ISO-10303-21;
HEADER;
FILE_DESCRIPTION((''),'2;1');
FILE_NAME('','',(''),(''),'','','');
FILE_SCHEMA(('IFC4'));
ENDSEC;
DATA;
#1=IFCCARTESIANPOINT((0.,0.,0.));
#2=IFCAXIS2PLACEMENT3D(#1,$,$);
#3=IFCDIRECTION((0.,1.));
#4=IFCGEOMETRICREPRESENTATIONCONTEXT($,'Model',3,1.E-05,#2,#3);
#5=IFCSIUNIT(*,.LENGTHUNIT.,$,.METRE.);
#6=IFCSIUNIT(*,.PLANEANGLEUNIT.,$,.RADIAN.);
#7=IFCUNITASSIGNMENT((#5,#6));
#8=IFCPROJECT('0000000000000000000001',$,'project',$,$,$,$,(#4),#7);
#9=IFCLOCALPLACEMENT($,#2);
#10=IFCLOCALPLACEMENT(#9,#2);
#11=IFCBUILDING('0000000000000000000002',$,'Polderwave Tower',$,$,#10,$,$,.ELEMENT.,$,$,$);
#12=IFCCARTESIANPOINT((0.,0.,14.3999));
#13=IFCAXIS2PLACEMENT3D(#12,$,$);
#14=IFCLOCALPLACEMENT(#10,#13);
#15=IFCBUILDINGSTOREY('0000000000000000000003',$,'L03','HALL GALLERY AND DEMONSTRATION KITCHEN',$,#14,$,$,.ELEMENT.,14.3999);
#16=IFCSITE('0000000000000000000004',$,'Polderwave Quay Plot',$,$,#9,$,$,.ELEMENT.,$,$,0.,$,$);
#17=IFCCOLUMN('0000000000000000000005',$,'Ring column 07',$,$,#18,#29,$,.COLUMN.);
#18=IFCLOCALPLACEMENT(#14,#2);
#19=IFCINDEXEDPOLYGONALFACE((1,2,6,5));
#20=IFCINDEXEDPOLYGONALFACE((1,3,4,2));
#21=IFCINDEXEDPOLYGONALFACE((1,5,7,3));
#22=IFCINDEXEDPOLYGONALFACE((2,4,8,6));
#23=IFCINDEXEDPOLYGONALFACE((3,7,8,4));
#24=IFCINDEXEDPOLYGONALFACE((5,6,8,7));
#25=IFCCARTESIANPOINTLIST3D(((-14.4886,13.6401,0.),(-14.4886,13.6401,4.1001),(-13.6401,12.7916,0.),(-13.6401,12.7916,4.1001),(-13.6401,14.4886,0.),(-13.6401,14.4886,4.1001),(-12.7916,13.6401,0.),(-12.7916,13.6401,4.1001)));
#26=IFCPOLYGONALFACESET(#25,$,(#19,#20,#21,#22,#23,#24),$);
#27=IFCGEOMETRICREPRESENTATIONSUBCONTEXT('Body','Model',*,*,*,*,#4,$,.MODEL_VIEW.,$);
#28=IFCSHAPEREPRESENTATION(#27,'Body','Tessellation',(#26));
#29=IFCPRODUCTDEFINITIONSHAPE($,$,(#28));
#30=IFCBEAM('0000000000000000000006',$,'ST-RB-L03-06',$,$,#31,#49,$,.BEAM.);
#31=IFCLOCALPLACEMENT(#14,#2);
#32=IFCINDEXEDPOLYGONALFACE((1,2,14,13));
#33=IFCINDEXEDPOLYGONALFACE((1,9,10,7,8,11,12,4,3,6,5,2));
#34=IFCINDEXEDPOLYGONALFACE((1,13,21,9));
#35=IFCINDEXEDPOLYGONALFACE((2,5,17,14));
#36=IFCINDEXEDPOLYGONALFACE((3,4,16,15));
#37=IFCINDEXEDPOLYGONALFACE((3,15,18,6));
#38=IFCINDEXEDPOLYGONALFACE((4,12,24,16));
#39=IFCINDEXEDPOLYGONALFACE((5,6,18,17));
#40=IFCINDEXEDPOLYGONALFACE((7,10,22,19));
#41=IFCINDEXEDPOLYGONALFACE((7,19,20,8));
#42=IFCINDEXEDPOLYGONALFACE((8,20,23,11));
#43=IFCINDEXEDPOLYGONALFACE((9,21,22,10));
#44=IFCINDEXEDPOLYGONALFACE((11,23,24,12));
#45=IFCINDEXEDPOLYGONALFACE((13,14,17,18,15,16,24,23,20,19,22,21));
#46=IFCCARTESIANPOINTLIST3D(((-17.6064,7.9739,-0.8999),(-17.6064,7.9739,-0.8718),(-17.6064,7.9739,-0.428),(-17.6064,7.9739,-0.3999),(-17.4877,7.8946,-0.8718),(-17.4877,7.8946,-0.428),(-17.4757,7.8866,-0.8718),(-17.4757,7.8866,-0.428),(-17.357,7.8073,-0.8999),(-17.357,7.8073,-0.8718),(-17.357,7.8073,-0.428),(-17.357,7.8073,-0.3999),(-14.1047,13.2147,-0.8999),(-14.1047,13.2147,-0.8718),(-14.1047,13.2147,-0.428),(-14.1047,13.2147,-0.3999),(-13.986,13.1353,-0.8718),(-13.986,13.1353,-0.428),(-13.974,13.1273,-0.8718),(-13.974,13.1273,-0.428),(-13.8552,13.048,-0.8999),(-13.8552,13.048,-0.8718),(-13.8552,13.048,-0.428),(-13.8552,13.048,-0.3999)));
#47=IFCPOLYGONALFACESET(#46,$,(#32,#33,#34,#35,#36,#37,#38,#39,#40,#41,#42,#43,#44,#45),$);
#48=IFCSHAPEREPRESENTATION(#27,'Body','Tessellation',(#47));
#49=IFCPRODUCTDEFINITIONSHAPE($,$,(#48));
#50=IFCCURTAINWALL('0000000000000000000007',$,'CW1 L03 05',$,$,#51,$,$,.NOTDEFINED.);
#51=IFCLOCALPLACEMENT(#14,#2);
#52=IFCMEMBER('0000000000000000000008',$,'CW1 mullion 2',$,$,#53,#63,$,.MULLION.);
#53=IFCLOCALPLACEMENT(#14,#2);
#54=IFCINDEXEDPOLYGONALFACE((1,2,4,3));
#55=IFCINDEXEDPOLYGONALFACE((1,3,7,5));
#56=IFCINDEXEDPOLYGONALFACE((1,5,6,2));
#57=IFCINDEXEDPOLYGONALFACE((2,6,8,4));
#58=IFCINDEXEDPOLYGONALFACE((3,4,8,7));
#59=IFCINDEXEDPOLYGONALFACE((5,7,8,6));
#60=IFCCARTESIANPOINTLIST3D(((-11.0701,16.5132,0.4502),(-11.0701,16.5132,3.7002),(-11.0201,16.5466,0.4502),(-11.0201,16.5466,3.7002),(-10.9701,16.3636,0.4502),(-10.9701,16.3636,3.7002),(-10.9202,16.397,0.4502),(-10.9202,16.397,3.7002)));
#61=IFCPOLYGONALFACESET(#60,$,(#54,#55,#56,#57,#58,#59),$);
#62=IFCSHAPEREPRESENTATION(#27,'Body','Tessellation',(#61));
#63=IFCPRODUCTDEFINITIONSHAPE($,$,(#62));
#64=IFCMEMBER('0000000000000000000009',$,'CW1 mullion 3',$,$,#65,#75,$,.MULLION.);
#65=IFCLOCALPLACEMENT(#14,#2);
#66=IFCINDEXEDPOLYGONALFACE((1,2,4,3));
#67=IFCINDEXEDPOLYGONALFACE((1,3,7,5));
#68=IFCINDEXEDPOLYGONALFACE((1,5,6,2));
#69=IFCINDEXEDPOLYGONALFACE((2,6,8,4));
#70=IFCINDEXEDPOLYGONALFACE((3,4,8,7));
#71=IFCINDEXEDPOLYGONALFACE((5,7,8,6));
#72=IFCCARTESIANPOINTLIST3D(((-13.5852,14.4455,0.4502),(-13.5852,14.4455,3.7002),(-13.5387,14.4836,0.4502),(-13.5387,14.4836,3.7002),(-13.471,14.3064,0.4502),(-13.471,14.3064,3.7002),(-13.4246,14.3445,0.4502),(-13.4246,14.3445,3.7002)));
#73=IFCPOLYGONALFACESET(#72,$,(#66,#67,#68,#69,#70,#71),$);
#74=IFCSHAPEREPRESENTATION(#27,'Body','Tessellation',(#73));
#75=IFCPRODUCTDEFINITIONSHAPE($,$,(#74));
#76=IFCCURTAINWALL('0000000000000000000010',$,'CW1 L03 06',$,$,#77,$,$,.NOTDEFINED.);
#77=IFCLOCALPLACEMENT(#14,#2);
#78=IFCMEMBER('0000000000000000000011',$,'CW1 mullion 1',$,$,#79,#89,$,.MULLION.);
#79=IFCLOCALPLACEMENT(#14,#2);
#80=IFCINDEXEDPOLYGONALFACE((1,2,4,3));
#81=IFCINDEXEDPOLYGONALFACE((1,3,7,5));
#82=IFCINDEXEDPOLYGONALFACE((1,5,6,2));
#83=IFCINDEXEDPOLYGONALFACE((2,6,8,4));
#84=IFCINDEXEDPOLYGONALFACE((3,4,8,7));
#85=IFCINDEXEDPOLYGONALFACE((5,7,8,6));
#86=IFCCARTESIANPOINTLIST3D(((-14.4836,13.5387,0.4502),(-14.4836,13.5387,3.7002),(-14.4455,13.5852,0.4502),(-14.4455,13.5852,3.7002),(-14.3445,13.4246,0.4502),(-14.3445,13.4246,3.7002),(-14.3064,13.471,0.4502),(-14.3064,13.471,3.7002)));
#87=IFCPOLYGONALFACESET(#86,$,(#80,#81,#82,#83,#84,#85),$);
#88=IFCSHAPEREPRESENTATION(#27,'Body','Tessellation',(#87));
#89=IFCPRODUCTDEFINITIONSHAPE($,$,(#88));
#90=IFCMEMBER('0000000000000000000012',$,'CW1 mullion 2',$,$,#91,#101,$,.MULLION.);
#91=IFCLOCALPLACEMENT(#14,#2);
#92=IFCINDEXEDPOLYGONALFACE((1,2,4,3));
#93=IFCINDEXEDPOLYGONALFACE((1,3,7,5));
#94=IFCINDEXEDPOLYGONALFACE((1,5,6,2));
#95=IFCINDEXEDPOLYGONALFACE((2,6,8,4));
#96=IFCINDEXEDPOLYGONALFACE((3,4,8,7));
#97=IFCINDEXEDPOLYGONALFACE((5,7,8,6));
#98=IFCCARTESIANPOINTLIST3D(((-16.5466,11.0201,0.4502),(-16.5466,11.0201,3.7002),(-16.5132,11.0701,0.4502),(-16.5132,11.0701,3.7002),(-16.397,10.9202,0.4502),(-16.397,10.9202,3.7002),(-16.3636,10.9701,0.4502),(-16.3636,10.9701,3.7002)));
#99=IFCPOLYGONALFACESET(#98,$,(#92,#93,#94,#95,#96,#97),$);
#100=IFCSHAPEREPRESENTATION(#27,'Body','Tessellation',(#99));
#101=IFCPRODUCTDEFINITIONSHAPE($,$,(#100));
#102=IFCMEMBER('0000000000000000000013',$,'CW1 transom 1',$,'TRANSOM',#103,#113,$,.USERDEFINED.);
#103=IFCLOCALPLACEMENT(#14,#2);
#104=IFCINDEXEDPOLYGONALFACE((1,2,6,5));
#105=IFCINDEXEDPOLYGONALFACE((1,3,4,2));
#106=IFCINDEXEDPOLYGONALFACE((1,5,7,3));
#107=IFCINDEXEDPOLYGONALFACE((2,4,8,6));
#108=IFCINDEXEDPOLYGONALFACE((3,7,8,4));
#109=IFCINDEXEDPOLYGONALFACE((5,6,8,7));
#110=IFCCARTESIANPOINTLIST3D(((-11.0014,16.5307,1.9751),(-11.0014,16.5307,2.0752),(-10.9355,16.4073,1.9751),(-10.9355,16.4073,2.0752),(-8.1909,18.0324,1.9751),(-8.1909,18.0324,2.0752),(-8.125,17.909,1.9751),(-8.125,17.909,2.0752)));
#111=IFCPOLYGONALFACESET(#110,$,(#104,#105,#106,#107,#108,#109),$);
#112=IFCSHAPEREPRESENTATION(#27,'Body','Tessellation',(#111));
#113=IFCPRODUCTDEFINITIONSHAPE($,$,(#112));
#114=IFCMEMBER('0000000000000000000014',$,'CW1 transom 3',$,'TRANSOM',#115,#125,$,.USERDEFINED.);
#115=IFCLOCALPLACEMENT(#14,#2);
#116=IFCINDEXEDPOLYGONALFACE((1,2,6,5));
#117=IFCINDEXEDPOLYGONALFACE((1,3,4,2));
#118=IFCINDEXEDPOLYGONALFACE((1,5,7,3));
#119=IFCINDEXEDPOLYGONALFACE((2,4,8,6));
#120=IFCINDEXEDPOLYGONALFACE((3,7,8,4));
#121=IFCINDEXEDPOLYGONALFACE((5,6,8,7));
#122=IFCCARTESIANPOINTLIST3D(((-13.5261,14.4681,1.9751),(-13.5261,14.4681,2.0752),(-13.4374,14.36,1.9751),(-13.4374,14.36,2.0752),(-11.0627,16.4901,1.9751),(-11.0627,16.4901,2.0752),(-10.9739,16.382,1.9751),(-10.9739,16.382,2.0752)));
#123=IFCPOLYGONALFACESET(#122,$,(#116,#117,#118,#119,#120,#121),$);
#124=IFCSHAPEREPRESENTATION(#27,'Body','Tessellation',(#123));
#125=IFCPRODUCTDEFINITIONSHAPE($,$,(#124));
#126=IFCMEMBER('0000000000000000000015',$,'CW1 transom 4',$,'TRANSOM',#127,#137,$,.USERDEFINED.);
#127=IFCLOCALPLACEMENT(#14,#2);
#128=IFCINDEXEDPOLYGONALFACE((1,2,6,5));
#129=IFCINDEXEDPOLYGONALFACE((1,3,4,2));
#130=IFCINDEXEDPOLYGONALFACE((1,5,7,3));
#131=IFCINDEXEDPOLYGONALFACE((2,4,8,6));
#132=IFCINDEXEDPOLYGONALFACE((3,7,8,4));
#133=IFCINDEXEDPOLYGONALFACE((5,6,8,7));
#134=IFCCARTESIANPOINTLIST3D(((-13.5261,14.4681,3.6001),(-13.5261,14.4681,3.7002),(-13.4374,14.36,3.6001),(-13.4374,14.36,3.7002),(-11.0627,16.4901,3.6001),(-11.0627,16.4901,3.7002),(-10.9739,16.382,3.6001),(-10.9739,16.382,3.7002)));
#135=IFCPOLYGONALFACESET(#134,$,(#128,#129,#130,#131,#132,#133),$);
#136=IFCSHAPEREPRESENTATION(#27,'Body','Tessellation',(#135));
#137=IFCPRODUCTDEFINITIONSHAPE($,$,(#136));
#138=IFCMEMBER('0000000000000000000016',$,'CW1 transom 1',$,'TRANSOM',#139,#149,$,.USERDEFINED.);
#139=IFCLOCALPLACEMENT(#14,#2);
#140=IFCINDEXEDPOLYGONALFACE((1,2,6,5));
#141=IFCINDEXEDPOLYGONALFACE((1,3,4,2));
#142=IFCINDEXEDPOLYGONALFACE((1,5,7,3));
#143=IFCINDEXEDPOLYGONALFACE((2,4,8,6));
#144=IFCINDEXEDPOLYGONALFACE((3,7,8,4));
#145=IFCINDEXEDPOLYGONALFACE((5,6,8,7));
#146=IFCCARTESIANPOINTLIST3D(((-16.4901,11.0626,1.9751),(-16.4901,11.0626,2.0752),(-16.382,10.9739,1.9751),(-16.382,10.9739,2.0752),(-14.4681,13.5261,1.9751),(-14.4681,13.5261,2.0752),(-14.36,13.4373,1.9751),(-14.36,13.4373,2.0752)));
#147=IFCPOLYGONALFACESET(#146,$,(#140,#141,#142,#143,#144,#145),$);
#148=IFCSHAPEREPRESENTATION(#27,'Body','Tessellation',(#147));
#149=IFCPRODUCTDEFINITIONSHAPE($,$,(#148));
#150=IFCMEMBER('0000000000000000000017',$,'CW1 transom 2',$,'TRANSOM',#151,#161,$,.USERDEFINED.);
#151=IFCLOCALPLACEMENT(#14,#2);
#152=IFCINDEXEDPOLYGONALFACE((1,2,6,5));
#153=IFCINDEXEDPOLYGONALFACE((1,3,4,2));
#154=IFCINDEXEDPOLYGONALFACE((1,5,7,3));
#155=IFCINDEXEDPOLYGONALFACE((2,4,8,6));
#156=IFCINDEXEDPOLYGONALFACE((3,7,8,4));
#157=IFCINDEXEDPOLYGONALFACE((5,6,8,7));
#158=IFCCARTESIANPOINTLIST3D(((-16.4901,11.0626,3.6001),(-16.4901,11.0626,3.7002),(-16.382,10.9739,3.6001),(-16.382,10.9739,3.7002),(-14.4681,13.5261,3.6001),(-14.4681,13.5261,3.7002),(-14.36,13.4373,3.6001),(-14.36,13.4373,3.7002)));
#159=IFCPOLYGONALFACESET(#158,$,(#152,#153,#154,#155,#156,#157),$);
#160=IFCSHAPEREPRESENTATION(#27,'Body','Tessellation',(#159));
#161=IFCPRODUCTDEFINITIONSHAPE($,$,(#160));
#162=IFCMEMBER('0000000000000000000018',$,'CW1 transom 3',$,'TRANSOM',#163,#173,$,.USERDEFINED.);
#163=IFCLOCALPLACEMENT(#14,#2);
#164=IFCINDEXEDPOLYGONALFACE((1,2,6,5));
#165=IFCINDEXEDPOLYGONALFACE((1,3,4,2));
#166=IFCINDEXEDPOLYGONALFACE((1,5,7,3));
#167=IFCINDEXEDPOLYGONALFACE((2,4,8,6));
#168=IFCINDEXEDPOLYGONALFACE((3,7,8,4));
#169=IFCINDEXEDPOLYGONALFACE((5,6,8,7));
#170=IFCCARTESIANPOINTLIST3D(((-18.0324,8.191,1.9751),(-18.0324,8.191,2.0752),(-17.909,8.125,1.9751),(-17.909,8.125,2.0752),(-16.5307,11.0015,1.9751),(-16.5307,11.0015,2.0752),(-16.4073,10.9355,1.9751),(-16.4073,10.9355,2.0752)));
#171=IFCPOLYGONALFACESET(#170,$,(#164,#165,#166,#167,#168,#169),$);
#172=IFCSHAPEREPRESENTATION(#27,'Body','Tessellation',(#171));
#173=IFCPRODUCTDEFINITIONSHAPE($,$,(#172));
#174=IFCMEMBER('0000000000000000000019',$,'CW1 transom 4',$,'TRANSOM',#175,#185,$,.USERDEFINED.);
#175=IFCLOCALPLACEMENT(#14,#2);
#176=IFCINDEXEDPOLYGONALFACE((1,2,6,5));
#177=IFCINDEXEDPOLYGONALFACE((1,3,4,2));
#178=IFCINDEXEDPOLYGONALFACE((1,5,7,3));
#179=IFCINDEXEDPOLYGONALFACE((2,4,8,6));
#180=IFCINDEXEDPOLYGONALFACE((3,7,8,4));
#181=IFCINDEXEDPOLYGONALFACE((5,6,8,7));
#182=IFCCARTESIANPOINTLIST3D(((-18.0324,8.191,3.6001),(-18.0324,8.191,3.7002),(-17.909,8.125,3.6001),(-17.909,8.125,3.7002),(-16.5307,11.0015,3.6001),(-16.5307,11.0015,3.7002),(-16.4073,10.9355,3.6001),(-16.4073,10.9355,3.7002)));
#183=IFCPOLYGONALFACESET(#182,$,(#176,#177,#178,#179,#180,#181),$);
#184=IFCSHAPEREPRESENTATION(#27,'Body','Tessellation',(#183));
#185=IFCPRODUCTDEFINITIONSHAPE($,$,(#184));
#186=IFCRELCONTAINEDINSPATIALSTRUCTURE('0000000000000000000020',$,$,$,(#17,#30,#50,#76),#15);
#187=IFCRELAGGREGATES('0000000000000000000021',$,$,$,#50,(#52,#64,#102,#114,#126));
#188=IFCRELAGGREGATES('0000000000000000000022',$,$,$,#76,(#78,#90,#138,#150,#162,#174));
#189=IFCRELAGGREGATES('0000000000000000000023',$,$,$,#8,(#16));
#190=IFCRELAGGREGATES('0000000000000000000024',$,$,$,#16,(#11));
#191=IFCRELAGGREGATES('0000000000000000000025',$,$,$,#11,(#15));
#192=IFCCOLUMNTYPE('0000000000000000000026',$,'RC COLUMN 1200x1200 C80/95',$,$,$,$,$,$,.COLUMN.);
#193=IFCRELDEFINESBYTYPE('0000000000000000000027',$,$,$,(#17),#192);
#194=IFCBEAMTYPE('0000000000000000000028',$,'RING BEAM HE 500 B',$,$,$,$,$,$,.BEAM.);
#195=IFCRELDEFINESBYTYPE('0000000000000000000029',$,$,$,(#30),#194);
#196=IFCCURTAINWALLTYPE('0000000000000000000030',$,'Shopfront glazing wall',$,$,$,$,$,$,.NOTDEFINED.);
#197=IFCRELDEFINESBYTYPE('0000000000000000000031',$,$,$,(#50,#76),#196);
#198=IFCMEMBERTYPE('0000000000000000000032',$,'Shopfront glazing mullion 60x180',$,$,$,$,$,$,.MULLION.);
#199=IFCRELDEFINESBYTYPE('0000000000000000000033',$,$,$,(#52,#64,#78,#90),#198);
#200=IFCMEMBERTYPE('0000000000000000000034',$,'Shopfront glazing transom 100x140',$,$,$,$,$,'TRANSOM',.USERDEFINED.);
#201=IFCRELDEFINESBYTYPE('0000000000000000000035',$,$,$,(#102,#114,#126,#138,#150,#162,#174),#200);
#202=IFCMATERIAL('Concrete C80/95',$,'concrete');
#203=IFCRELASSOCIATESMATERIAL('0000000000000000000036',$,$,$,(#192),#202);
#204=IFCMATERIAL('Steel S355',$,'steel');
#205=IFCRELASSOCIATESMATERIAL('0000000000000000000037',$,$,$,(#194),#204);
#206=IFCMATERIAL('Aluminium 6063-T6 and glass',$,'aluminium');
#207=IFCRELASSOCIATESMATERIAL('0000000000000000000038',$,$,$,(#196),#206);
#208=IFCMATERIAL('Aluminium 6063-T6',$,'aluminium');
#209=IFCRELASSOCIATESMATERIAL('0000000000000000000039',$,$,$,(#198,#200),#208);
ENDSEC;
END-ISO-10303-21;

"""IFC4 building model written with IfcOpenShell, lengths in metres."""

from ifc_helpers import new_model, si_unit, direction, frame, origin, origin_2d, place, context, subcontext, project, spatial, rectangle, i_section, extrude, material, material_profile, profile_set, type_object, element, aggregate, save


model = new_model("IFC4")

# Units and contexts
model_context = context("Model", 3, precision=1e-05, world=origin(), true_north=direction((0.0, 1.0)))
body_context = subcontext(model_context, "Body", "Model", "MODEL_VIEW")
ifc_project = project(units=[si_unit("LENGTHUNIT", "METRE"), si_unit("PLANEANGLEUNIT", "RADIAN")], contexts=[model_context])

# Site, building, storey
site_placement = place(None, origin())
site = spatial("IfcSite", under=ifc_project, at=site_placement, Name="Polderwave Quay Plot", CompositionType="ELEMENT", RefElevation=0.0)
building_placement = place(site_placement, origin())
building = spatial("IfcBuilding", under=site, at=building_placement, Name="Polderwave Tower", CompositionType="ELEMENT")
storey_placement = place(building_placement, frame((0.0, 0.0, 14.3999)))
storey = spatial("IfcBuildingStorey", under=building, at=storey_placement, Name="L03", Description="HALL GALLERY AND DEMONSTRATION KITCHEN", CompositionType="ELEMENT", Elevation=14.3999)

# Column
ifc_material_1 = material(Name="Concrete C80/95", Category="concrete")
ifc_material_profile_1 = material_profile(ifc_material_1, rectangle(XDim=1.2, YDim=1.2, at=origin_2d()), Name="RC 1200x1200")
ifc_profile_set_1 = profile_set([ifc_material_profile_1], Name="Concrete C80/95")
column_type = type_object("IfcColumnType", Name="RC COLUMN 1200x1200 C80/95", PredefinedType="COLUMN", material=ifc_profile_set_1)
column_placement = place(storey_placement, frame((-13.6401, 13.6401, 0.0), z_axis=(0.0, 0.0, 1.0), x_axis=(-0.707107, 0.707107, 0.0)))
element("IfcColumn", 1, at=column_placement, inside=storey, type_object=column_type, Name="Ring column 07", PredefinedType="COLUMN", context=body_context, shape_type="SweptSolid", body=[
    extrude(rectangle(XDim=1.2, YDim=1.2, at=origin_2d()), origin(), (0.0, 0.0, 1.0), 4.1001),
])

# Beam
ifc_material_2 = material(Name="Steel S355", Category="steel")
ifc_material_profile_2 = material_profile(ifc_material_2, i_section(OverallWidth=0.3, OverallDepth=0.5, WebThickness=0.0144, FlangeThickness=0.0281, at=origin_2d()), Name="HE 500 B")
ifc_profile_set_2 = profile_set([ifc_material_profile_2], Name="Steel S355")
beam_type = type_object("IfcBeamType", Name="RING BEAM HE 500 B", PredefinedType="BEAM", material=ifc_profile_set_2)
beam_placement = place(storey_placement, frame((-13.98, 13.1313, -0.6499), z_axis=(-0.555567, -0.831472, 0.0), x_axis=(0.831472, -0.555567, 0.0)))
element("IfcBeam", 2, at=beam_placement, inside=storey, type_object=beam_type, Name="ST-RB-L03-06", PredefinedType="BEAM", context=body_context, shape_type="SweptSolid", body=[
    extrude(i_section(OverallWidth=0.3, OverallDepth=0.5, WebThickness=0.0144, FlangeThickness=0.0281, at=origin_2d()), origin(), (0.0, 0.0, 1.0), 6.303),
])

# Curtain walls, members
ifc_material_3 = material(Name="Aluminium 6063-T6 and glass", Category="aluminium")
curtain_wall_type = type_object("IfcCurtainWallType", Name="Shopfront glazing wall", PredefinedType="NOTDEFINED", material=ifc_material_3)
curtain_wall_1_placement = place(storey_placement, origin())
curtain_wall_1 = element("IfcCurtainWall", 3, at=curtain_wall_1_placement, inside=storey, type_object=curtain_wall_type, Name="CW1 L03 05", PredefinedType="NOTDEFINED")
ifc_material_4 = material(Name="Aluminium 6063-T6", Category="aluminium")
ifc_material_profile_3 = material_profile(ifc_material_4, rectangle(XDim=0.1799, YDim=0.0601, at=origin_2d()), Name="AL 60x180")
ifc_profile_set_3 = profile_set([ifc_material_profile_3], Name="Aluminium 6063-T6")
member_type_1 = type_object("IfcMemberType", Name="Shopfront glazing mullion 60x180", PredefinedType="MULLION", material=ifc_profile_set_3)
member_1_placement = place(storey_placement, frame((-10.9951, 16.4551, 0.4502), z_axis=(0.0, 0.0, 1.0), x_axis=(0.555509, -0.83151, 0.0)))
member_1 = element("IfcMember", 4, at=member_1_placement, type_object=member_type_1, Name="CW1 mullion 2", PredefinedType="MULLION", context=body_context, shape_type="SweptSolid", body=[
    extrude(rectangle(XDim=0.1799, YDim=0.0601, at=origin_2d()), origin(), (0.0, 0.0, 1.0), 3.25),
])
member_2_placement = place(storey_placement, frame((-13.5049, 14.395, 0.4502), z_axis=(0.0, 0.0, 1.0), x_axis=(0.634434, -0.772977, 0.0)))
member_2 = element("IfcMember", 5, at=member_2_placement, type_object=member_type_1, Name="CW1 mullion 3", PredefinedType="MULLION", context=body_context, shape_type="SweptSolid", body=[
    extrude(rectangle(XDim=0.1799, YDim=0.0601, at=origin_2d()), origin(), (0.0, 0.0, 1.0), 3.25),
])
curtain_wall_2_placement = place(storey_placement, origin())
curtain_wall_2 = element("IfcCurtainWall", 6, at=curtain_wall_2_placement, inside=storey, type_object=curtain_wall_type, Name="CW1 L03 06", PredefinedType="NOTDEFINED")
member_3_placement = place(storey_placement, frame((-14.395, 13.5049, 0.4502), z_axis=(0.0, 0.0, 1.0), x_axis=(0.772977, -0.634434, 0.0)))
member_3 = element("IfcMember", 7, at=member_3_placement, type_object=member_type_1, Name="CW1 mullion 1", PredefinedType="MULLION", context=body_context, shape_type="SweptSolid", body=[
    extrude(rectangle(XDim=0.1799, YDim=0.0601, at=origin_2d()), origin(), (0.0, 0.0, 1.0), 3.25),
])
member_4_placement = place(storey_placement, frame((-16.4551, 10.9951, 0.4502), z_axis=(0.0, 0.0, 1.0), x_axis=(0.83151, -0.555509, 0.0)))
member_4 = element("IfcMember", 8, at=member_4_placement, type_object=member_type_1, Name="CW1 mullion 2", PredefinedType="MULLION", context=body_context, shape_type="SweptSolid", body=[
    extrude(rectangle(XDim=0.1799, YDim=0.0601, at=origin_2d()), origin(), (0.0, 0.0, 1.0), 3.25),
])

# Members
ifc_material_profile_4 = material_profile(ifc_material_4, rectangle(XDim=0.1399, YDim=0.1001, at=origin_2d()), Name="AL 100x140")
ifc_profile_set_4 = profile_set([ifc_material_profile_4], Name="Aluminium 6063-T6")
member_type_2 = type_object("IfcMemberType", Name="Shopfront glazing transom 100x140", ElementType="TRANSOM", PredefinedType="USERDEFINED", material=ifc_profile_set_4)
member_5_placement = place(storey_placement, frame((-8.158, 17.9707, 2.0251), z_axis=(-0.881994, -0.47126, 0.0), x_axis=(0.47126, -0.881994, 0.0)))
member_5 = element("IfcMember", 9, at=member_5_placement, type_object=member_type_2, Name="CW1 transom 1", ObjectType="TRANSOM", PredefinedType="USERDEFINED", context=body_context, shape_type="SweptSolid", body=[
    extrude(rectangle(XDim=0.1399, YDim=0.1001, at=origin_2d()), origin(), (0.0, 0.0, 1.0), 3.1865),
])
member_6_placement = place(storey_placement, frame((-11.0183, 16.436, 2.0251), z_axis=(-0.77296, -0.634455, 0.0), x_axis=(0.634455, -0.77296, 0.0)))
member_6 = element("IfcMember", 10, at=member_6_placement, type_object=member_type_2, Name="CW1 transom 3", ObjectType="TRANSOM", PredefinedType="USERDEFINED", context=body_context, shape_type="SweptSolid", body=[
    extrude(rectangle(XDim=0.1399, YDim=0.1001, at=origin_2d()), origin(), (0.0, 0.0, 1.0), 3.187),
])
member_7_placement = place(storey_placement, frame((-11.0183, 16.436, 3.6501), z_axis=(-0.77296, -0.634455, 0.0), x_axis=(0.634455, -0.77296, 0.0)))
member_7 = element("IfcMember", 11, at=member_7_placement, type_object=member_type_2, Name="CW1 transom 4", ObjectType="TRANSOM", PredefinedType="USERDEFINED", context=body_context, shape_type="SweptSolid", body=[
    extrude(rectangle(XDim=0.1399, YDim=0.1001, at=origin_2d()), origin(), (0.0, 0.0, 1.0), 3.187),
])
member_8_placement = place(storey_placement, frame((-14.4141, 13.4817, 2.0251), z_axis=(-0.634455, -0.77296, 0.0), x_axis=(0.77296, -0.634455, 0.0)))
member_8 = element("IfcMember", 12, at=member_8_placement, type_object=member_type_2, Name="CW1 transom 1", ObjectType="TRANSOM", PredefinedType="USERDEFINED", context=body_context, shape_type="SweptSolid", body=[
    extrude(rectangle(XDim=0.1399, YDim=0.1001, at=origin_2d()), origin(), (0.0, 0.0, 1.0), 3.187),
])
member_9_placement = place(storey_placement, frame((-14.4141, 13.4817, 3.6501), z_axis=(-0.634455, -0.77296, 0.0), x_axis=(0.77296, -0.634455, 0.0)))
member_9 = element("IfcMember", 13, at=member_9_placement, type_object=member_type_2, Name="CW1 transom 2", ObjectType="TRANSOM", PredefinedType="USERDEFINED", context=body_context, shape_type="SweptSolid", body=[
    extrude(rectangle(XDim=0.1399, YDim=0.1001, at=origin_2d()), origin(), (0.0, 0.0, 1.0), 3.187),
])
member_10_placement = place(storey_placement, frame((-16.469, 10.9685, 2.0251), z_axis=(-0.47126, -0.881994, 0.0), x_axis=(0.881994, -0.47126, 0.0)))
member_10 = element("IfcMember", 14, at=member_10_placement, type_object=member_type_2, Name="CW1 transom 3", ObjectType="TRANSOM", PredefinedType="USERDEFINED", context=body_context, shape_type="SweptSolid", body=[
    extrude(rectangle(XDim=0.1399, YDim=0.1001, at=origin_2d()), origin(), (0.0, 0.0, 1.0), 3.1865),
])
member_11_placement = place(storey_placement, frame((-16.469, 10.9685, 3.6501), z_axis=(-0.47126, -0.881994, 0.0), x_axis=(0.881994, -0.47126, 0.0)))
member_11 = element("IfcMember", 15, at=member_11_placement, type_object=member_type_2, Name="CW1 transom 4", ObjectType="TRANSOM", PredefinedType="USERDEFINED", context=body_context, shape_type="SweptSolid", body=[
    extrude(rectangle(XDim=0.1399, YDim=0.1001, at=origin_2d()), origin(), (0.0, 0.0, 1.0), 3.1865),
])

aggregate(curtain_wall_1, [member_1, member_2, member_5, member_6, member_7])
aggregate(curtain_wall_2, [member_3, member_4, member_8, member_9, member_10, member_11])

save(model, "model.ifc")
